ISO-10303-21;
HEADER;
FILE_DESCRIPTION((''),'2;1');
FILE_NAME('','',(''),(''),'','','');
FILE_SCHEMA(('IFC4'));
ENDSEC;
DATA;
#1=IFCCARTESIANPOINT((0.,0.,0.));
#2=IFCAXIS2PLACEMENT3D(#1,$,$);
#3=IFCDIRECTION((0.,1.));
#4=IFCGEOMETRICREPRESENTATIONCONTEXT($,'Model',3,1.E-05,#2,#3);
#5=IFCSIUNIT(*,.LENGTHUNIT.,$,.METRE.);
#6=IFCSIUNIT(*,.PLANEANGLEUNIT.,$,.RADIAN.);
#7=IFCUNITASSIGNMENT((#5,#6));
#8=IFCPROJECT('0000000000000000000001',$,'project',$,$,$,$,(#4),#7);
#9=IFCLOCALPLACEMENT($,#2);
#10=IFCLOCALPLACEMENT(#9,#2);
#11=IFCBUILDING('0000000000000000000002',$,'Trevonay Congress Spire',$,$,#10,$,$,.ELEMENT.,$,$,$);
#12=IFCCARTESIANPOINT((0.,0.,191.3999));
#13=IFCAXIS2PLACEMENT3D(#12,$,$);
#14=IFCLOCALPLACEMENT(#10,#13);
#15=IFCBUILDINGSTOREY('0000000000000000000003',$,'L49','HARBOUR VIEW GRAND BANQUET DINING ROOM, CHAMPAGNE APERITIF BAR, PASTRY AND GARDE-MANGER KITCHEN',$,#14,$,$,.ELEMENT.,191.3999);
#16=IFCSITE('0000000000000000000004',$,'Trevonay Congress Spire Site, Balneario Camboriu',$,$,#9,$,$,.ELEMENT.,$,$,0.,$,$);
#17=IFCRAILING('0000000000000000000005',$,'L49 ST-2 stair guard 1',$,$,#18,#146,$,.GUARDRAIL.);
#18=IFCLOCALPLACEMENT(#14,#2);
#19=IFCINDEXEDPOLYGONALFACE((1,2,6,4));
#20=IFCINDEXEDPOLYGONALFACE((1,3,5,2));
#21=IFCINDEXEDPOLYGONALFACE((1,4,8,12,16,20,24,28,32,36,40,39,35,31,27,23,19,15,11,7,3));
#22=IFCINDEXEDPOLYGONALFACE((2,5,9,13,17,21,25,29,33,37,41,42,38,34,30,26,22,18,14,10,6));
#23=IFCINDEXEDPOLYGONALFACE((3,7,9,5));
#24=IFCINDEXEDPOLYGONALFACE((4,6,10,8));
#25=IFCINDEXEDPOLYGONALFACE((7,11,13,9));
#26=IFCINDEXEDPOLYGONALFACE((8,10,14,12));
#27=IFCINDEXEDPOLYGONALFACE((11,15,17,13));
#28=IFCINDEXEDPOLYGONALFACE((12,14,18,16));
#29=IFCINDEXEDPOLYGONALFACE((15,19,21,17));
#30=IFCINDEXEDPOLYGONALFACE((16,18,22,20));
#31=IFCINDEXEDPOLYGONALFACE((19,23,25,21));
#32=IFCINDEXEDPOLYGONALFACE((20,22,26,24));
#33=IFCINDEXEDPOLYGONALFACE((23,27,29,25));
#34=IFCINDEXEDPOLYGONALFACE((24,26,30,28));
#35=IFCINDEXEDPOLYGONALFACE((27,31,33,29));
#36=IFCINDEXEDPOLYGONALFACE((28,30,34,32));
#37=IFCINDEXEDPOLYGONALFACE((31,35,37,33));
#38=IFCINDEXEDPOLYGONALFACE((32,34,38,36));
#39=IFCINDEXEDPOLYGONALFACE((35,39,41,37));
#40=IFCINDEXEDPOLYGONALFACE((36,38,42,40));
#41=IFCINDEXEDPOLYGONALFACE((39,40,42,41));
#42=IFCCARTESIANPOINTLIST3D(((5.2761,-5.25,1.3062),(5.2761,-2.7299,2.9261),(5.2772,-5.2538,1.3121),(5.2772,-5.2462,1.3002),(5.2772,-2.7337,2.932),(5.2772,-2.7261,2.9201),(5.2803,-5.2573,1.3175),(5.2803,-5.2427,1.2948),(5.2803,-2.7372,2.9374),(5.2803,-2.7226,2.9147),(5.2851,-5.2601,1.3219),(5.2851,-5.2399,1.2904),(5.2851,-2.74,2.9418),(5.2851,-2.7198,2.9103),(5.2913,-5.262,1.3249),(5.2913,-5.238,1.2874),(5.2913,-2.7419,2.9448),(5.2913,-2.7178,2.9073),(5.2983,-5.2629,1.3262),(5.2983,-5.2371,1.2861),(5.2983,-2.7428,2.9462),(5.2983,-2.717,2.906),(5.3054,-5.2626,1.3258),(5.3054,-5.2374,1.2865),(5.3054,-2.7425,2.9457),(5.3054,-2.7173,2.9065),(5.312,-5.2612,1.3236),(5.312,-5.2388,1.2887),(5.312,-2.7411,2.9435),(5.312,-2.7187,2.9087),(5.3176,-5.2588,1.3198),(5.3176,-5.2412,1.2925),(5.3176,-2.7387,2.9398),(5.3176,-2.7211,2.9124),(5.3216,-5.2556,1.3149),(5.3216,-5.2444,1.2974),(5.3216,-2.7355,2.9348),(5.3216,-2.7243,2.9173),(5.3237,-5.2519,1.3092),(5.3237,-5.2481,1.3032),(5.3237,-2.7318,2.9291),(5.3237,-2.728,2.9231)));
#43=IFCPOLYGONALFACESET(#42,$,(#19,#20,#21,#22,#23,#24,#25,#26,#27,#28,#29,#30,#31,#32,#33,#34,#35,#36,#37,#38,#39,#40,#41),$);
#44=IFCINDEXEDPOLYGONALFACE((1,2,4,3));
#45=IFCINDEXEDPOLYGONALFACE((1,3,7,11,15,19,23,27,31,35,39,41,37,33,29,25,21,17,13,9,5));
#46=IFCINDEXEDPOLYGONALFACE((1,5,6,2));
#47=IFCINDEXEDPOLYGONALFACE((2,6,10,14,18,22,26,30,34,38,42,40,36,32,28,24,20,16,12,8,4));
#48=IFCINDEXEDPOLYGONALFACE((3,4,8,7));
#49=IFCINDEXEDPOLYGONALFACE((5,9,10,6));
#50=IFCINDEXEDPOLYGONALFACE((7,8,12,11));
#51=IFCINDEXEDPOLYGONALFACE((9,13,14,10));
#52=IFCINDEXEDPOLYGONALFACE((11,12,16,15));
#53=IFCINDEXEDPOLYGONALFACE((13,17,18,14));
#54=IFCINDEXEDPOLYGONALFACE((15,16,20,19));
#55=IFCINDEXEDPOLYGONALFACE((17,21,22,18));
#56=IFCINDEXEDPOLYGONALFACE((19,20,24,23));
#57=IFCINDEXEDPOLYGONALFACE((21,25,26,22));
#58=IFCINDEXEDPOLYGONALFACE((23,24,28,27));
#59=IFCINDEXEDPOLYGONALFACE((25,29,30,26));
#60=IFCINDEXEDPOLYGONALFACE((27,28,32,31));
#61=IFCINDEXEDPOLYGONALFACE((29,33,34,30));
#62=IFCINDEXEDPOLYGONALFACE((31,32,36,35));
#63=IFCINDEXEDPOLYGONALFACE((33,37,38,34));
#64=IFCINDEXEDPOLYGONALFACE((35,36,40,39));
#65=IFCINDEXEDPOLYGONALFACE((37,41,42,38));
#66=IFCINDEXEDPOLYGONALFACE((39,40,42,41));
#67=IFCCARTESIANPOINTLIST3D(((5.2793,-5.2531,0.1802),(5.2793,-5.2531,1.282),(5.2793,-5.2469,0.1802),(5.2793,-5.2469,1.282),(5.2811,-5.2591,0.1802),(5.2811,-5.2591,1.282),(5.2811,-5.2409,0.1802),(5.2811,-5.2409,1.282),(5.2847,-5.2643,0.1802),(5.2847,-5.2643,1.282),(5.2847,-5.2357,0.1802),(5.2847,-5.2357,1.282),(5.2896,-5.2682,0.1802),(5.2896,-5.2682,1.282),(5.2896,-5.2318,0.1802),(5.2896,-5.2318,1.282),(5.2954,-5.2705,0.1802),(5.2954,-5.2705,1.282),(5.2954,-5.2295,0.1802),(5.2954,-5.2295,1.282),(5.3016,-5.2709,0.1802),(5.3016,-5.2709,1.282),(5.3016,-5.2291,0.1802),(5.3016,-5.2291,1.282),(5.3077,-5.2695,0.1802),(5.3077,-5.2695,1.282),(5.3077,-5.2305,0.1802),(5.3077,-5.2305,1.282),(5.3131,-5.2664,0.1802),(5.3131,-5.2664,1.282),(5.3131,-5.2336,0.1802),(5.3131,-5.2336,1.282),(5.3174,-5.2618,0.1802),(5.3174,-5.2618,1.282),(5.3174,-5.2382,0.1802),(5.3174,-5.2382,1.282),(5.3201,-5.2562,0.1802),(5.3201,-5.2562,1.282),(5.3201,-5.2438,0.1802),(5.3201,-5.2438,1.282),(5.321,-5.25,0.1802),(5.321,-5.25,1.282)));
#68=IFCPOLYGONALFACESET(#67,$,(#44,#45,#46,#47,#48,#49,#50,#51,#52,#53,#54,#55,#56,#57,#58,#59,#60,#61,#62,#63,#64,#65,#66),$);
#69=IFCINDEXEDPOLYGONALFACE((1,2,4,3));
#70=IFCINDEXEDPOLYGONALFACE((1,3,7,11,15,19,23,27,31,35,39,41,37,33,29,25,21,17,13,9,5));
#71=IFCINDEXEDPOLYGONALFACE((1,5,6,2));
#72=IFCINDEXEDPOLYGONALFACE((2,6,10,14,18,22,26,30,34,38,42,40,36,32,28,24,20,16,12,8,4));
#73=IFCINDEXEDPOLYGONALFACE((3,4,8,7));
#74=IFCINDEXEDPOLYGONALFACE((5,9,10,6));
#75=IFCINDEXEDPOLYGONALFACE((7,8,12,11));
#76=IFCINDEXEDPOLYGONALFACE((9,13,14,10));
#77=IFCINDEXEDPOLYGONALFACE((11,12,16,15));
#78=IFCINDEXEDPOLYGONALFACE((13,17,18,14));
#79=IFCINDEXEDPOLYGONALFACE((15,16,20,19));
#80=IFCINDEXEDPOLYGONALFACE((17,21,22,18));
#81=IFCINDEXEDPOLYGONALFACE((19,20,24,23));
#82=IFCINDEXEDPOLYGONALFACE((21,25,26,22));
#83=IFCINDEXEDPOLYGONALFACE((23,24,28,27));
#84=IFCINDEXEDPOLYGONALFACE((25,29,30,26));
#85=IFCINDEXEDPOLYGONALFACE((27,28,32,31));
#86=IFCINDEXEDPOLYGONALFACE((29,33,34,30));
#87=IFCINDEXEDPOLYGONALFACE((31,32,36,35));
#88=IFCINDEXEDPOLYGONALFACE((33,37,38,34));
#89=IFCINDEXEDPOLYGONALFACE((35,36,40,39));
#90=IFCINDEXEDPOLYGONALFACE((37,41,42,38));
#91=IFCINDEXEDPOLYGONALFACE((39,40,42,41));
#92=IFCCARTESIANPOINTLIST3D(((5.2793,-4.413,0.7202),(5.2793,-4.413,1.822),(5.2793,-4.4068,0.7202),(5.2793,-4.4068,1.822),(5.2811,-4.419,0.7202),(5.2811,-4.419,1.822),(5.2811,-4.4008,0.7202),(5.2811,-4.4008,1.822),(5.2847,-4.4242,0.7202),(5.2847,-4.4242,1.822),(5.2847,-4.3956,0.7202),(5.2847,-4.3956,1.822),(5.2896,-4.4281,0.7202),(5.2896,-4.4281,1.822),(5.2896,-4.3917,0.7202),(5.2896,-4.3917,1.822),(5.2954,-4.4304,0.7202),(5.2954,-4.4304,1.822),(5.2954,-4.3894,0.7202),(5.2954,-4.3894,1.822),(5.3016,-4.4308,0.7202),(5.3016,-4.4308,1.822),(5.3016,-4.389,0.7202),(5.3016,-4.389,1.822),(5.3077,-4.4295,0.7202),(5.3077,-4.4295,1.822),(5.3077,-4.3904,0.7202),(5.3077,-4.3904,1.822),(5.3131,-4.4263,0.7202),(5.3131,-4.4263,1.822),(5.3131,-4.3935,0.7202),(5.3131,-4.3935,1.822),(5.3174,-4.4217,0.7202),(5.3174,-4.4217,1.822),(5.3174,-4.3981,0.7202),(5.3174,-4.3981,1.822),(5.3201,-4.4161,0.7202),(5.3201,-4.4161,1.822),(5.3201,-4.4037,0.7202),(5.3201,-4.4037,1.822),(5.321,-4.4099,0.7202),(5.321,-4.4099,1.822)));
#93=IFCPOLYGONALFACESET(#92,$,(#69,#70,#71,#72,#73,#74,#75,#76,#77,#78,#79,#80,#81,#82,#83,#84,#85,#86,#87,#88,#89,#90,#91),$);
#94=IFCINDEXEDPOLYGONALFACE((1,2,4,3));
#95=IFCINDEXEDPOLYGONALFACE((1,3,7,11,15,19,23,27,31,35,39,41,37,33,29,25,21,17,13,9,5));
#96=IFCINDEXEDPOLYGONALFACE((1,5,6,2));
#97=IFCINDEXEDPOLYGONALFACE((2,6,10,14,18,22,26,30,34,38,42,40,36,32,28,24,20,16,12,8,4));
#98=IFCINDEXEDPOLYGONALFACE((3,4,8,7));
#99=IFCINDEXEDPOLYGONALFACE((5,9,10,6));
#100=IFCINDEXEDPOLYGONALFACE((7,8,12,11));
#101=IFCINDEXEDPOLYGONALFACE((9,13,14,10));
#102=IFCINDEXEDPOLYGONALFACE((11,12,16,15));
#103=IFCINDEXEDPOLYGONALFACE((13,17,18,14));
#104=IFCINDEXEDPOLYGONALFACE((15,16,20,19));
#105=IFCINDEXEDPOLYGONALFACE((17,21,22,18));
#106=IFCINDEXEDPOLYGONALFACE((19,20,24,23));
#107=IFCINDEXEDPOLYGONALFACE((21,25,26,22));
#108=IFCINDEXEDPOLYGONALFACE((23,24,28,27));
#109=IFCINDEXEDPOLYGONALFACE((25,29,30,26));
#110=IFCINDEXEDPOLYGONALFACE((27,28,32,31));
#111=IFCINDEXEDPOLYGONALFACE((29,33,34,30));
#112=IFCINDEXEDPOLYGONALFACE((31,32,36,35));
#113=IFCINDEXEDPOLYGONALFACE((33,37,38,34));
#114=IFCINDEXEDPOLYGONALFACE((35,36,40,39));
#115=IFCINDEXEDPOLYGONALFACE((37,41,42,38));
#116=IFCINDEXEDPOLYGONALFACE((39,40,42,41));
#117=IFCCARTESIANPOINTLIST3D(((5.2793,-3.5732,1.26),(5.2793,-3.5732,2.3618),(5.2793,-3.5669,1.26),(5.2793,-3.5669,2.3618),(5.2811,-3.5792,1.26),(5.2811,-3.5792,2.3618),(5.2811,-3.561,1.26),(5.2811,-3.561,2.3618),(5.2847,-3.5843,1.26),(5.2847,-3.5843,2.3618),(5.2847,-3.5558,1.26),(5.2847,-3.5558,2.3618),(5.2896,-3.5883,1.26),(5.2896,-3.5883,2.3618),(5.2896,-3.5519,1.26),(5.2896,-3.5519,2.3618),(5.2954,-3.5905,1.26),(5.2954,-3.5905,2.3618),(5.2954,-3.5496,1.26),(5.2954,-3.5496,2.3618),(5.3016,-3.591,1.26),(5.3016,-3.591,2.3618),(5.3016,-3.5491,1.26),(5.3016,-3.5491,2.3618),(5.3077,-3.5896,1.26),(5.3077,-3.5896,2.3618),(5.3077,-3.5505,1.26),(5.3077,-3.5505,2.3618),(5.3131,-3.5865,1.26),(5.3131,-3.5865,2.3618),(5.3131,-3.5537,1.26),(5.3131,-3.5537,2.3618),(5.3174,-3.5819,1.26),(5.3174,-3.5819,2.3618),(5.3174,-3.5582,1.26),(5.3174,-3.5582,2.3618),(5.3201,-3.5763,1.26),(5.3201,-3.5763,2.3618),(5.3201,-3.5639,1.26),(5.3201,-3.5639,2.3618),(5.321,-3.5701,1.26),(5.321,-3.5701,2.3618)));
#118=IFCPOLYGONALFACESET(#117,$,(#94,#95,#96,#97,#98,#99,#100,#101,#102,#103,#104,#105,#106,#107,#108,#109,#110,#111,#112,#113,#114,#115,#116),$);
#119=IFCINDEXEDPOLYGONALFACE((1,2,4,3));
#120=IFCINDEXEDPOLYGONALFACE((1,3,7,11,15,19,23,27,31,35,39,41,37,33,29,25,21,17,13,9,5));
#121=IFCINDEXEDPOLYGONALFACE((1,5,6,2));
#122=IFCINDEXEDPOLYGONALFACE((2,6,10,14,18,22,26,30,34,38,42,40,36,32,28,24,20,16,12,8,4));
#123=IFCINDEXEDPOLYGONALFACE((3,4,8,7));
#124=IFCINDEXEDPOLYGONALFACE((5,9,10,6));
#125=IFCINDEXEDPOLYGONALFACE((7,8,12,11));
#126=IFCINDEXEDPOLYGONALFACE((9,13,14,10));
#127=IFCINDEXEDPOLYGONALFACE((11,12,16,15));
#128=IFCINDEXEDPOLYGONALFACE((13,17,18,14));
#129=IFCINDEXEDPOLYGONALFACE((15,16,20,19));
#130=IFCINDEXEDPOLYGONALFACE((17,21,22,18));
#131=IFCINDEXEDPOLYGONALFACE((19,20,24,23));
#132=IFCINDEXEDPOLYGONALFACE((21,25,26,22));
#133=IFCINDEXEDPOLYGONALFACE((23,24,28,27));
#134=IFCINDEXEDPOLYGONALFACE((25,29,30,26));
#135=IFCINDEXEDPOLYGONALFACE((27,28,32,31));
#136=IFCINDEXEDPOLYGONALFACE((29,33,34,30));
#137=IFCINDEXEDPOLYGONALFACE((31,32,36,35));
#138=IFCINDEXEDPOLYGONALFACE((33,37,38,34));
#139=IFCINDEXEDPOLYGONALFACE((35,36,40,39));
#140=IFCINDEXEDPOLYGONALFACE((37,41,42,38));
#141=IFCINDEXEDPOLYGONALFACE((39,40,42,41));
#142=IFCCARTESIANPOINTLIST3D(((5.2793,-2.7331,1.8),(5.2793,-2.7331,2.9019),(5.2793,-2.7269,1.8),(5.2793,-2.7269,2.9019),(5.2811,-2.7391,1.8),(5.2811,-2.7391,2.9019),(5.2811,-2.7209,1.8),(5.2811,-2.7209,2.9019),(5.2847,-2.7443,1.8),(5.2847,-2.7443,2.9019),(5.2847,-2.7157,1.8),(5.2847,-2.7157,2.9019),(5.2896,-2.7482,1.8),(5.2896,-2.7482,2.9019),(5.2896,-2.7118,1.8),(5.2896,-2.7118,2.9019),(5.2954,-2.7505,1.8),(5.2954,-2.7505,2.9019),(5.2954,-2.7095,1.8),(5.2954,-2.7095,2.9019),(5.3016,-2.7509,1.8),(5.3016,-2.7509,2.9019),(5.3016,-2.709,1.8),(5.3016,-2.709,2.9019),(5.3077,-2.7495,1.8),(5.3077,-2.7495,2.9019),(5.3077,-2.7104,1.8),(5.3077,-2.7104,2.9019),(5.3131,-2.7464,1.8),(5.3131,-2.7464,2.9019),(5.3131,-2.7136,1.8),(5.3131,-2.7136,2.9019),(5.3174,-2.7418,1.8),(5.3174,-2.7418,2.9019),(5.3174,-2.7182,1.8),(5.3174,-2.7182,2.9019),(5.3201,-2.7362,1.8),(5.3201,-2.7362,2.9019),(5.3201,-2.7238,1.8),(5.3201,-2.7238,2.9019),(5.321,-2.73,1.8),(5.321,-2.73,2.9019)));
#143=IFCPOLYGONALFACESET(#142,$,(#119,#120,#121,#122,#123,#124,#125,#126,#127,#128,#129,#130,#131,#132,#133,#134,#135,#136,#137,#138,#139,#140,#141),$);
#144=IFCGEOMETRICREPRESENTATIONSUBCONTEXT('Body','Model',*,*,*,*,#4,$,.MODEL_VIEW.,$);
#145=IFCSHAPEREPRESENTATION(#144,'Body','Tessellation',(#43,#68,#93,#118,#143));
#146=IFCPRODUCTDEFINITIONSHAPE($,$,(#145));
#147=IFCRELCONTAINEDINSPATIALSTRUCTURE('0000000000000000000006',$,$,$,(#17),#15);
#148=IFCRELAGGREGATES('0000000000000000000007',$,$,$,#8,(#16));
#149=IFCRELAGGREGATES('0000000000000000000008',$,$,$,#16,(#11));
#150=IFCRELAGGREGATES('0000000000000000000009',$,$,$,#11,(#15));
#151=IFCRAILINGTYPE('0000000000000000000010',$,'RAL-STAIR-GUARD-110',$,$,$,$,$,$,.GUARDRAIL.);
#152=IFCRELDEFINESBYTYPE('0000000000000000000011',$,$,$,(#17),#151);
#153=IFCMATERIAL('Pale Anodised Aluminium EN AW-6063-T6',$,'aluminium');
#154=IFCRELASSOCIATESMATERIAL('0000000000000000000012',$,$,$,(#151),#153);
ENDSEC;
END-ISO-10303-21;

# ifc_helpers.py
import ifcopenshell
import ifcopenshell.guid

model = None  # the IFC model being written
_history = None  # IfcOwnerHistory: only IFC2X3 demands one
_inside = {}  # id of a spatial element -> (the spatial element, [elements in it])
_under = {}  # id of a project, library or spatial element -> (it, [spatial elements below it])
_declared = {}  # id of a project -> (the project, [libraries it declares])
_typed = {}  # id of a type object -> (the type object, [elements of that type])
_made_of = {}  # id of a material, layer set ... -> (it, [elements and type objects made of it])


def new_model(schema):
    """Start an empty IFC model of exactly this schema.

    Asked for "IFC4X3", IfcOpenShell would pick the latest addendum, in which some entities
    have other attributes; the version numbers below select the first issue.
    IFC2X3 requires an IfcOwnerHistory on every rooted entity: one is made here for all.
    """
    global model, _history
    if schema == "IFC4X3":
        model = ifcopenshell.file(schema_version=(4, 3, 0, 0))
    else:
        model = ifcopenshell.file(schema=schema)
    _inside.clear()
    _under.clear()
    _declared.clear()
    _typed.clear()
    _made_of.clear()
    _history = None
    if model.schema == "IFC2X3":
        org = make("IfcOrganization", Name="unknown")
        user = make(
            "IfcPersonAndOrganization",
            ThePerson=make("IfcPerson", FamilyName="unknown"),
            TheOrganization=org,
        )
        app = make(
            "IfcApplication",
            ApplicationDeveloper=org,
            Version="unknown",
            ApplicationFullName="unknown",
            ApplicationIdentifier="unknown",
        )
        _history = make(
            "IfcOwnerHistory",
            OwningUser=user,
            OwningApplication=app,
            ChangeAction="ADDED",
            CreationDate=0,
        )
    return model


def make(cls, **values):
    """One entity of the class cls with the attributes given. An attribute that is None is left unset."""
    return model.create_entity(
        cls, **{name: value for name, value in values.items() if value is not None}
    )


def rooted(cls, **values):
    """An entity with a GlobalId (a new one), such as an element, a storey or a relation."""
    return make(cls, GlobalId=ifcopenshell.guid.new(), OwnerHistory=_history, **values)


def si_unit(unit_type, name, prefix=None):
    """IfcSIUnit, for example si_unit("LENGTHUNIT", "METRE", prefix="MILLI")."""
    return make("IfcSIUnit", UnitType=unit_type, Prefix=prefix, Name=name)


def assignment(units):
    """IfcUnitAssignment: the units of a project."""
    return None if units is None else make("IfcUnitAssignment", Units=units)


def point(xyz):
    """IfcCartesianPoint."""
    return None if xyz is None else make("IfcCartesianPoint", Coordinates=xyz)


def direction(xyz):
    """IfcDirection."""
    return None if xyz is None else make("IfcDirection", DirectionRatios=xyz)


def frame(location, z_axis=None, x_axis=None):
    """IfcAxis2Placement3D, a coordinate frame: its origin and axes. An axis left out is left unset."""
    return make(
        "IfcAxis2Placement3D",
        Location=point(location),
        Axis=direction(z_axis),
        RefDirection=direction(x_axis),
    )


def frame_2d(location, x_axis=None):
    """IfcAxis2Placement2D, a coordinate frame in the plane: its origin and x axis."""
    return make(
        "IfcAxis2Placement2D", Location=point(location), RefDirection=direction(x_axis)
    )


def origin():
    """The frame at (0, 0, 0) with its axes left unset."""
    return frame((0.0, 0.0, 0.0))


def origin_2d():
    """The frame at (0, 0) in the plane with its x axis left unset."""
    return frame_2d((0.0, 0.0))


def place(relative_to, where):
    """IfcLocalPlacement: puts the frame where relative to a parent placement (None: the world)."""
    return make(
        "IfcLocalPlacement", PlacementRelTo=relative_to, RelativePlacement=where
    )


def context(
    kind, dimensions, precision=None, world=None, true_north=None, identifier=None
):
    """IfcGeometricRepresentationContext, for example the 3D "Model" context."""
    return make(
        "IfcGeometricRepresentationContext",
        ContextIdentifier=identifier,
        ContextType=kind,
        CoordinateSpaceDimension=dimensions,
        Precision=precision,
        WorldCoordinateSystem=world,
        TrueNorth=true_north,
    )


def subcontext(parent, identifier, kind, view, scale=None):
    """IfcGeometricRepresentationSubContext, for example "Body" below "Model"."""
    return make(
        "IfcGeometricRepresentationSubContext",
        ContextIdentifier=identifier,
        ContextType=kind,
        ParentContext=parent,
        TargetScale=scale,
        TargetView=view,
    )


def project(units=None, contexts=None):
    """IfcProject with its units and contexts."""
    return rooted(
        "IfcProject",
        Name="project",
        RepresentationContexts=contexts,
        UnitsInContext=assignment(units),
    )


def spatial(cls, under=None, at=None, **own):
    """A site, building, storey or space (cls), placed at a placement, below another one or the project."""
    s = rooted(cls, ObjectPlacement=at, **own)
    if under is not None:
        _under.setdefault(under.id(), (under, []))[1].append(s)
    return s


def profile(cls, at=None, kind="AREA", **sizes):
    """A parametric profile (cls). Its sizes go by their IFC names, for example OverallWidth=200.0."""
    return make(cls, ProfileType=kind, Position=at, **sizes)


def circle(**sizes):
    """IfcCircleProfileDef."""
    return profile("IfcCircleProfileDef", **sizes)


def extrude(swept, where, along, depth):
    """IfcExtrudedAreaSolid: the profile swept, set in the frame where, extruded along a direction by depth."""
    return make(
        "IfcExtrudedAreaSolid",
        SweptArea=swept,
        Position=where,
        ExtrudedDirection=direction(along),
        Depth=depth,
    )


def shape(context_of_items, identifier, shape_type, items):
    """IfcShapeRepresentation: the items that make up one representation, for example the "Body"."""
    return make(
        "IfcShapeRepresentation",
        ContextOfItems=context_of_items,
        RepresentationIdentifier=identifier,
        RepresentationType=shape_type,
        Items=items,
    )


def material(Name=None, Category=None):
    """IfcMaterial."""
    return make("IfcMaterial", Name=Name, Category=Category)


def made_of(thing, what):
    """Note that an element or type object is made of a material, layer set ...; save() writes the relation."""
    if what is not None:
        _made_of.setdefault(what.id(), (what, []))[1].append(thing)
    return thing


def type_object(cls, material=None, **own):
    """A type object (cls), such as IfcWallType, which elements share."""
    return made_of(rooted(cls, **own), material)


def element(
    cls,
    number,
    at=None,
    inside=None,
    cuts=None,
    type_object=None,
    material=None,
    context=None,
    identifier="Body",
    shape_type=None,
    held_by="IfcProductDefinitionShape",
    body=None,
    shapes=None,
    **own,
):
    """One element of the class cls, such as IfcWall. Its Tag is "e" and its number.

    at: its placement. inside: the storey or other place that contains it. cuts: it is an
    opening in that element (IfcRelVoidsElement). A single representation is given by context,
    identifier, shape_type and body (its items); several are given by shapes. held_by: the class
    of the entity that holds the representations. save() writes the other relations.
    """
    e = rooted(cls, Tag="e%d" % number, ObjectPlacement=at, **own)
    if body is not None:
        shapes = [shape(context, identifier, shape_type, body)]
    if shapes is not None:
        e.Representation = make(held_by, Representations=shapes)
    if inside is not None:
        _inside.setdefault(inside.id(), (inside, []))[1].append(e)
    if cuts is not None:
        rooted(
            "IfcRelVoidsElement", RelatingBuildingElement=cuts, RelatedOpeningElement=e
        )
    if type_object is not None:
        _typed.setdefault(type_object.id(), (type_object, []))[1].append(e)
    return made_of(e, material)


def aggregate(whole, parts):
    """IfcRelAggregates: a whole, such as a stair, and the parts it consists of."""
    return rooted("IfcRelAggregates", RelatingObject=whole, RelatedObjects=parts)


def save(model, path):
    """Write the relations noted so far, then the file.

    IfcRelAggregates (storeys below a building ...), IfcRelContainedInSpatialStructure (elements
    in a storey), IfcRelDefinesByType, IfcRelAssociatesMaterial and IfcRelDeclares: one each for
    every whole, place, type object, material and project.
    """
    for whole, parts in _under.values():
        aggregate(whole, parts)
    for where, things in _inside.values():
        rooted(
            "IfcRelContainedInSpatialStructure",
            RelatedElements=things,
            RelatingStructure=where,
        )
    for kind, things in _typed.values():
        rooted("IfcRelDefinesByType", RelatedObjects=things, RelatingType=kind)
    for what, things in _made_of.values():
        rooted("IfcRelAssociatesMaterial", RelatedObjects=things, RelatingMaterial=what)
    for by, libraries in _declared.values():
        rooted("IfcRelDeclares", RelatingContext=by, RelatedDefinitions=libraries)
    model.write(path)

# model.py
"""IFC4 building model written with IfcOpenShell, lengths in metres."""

from ifc_helpers import new_model, si_unit, direction, frame, origin, origin_2d, place, context, subcontext, project, spatial, circle, extrude, material, type_object, element, save


model = new_model("IFC4")

# Units and contexts
model_context = context("Model", 3, precision=1e-05, world=origin(), true_north=direction((0.0, 1.0)))
body_context = subcontext(model_context, "Body", "Model", "MODEL_VIEW")
ifc_project = project(units=[si_unit("LENGTHUNIT", "METRE"), si_unit("PLANEANGLEUNIT", "RADIAN")], contexts=[model_context])

# Site, building, storey
site_placement = place(None, origin())
site = spatial("IfcSite", under=ifc_project, at=site_placement, Name="Trevonay Congress Spire Site, Balneario Camboriu", CompositionType="ELEMENT", RefElevation=0.0)
building_placement = place(site_placement, origin())
building = spatial("IfcBuilding", under=site, at=building_placement, Name="Trevonay Congress Spire", CompositionType="ELEMENT")
storey_placement = place(building_placement, frame((0.0, 0.0, 191.3999)))
storey = spatial("IfcBuildingStorey", under=building, at=storey_placement, Name="L49", Description="HARBOUR VIEW GRAND BANQUET DINING ROOM, CHAMPAGNE APERITIF BAR, PASTRY AND GARDE-MANGER KITCHEN", CompositionType="ELEMENT", Elevation=191.3999)

# Railing
ifc_material_1 = material(Name="Pale Anodised Aluminium EN AW-6063-T6", Category="aluminium")
railing_type_1 = type_object("IfcRailingType", Name="RAL-STAIR-GUARD-110", PredefinedType="GUARDRAIL", material=ifc_material_1)
railing_1_placement = place(storey_placement, frame((5.3, -5.25, 0.1802)))
element("IfcRailing", 1, at=railing_1_placement, inside=storey, type_object=railing_type_1, Name="L49 ST-2 stair guard 1", PredefinedType="GUARDRAIL", context=body_context, shape_type="SweptSolid", body=[
    extrude(circle(Radius=0.0239, at=origin_2d()), frame((0.0, 0.0, 1.126), z_axis=(0.0, 0.8412, 0.540725), x_axis=(-1.0, 0.0, 0.0)), (0.0, 0.0, 1.0), 2.9958),
    extrude(circle(Radius=0.021, at=origin_2d()), origin(), (0.0, 0.0, 1.0), 1.1018),
    extrude(circle(Radius=0.021, at=origin_2d()), frame((0.0, 0.8401, 0.54)), (0.0, 0.0, 1.0), 1.1018),
    extrude(circle(Radius=0.021, at=origin_2d()), frame((0.0, 1.6799, 1.0798)), (0.0, 0.0, 1.0), 1.1018),
    extrude(circle(Radius=0.021, at=origin_2d()), frame((0.0, 2.52, 1.6199)), (0.0, 0.0, 1.0), 1.1018),
])

save(model, "model.ifc")
